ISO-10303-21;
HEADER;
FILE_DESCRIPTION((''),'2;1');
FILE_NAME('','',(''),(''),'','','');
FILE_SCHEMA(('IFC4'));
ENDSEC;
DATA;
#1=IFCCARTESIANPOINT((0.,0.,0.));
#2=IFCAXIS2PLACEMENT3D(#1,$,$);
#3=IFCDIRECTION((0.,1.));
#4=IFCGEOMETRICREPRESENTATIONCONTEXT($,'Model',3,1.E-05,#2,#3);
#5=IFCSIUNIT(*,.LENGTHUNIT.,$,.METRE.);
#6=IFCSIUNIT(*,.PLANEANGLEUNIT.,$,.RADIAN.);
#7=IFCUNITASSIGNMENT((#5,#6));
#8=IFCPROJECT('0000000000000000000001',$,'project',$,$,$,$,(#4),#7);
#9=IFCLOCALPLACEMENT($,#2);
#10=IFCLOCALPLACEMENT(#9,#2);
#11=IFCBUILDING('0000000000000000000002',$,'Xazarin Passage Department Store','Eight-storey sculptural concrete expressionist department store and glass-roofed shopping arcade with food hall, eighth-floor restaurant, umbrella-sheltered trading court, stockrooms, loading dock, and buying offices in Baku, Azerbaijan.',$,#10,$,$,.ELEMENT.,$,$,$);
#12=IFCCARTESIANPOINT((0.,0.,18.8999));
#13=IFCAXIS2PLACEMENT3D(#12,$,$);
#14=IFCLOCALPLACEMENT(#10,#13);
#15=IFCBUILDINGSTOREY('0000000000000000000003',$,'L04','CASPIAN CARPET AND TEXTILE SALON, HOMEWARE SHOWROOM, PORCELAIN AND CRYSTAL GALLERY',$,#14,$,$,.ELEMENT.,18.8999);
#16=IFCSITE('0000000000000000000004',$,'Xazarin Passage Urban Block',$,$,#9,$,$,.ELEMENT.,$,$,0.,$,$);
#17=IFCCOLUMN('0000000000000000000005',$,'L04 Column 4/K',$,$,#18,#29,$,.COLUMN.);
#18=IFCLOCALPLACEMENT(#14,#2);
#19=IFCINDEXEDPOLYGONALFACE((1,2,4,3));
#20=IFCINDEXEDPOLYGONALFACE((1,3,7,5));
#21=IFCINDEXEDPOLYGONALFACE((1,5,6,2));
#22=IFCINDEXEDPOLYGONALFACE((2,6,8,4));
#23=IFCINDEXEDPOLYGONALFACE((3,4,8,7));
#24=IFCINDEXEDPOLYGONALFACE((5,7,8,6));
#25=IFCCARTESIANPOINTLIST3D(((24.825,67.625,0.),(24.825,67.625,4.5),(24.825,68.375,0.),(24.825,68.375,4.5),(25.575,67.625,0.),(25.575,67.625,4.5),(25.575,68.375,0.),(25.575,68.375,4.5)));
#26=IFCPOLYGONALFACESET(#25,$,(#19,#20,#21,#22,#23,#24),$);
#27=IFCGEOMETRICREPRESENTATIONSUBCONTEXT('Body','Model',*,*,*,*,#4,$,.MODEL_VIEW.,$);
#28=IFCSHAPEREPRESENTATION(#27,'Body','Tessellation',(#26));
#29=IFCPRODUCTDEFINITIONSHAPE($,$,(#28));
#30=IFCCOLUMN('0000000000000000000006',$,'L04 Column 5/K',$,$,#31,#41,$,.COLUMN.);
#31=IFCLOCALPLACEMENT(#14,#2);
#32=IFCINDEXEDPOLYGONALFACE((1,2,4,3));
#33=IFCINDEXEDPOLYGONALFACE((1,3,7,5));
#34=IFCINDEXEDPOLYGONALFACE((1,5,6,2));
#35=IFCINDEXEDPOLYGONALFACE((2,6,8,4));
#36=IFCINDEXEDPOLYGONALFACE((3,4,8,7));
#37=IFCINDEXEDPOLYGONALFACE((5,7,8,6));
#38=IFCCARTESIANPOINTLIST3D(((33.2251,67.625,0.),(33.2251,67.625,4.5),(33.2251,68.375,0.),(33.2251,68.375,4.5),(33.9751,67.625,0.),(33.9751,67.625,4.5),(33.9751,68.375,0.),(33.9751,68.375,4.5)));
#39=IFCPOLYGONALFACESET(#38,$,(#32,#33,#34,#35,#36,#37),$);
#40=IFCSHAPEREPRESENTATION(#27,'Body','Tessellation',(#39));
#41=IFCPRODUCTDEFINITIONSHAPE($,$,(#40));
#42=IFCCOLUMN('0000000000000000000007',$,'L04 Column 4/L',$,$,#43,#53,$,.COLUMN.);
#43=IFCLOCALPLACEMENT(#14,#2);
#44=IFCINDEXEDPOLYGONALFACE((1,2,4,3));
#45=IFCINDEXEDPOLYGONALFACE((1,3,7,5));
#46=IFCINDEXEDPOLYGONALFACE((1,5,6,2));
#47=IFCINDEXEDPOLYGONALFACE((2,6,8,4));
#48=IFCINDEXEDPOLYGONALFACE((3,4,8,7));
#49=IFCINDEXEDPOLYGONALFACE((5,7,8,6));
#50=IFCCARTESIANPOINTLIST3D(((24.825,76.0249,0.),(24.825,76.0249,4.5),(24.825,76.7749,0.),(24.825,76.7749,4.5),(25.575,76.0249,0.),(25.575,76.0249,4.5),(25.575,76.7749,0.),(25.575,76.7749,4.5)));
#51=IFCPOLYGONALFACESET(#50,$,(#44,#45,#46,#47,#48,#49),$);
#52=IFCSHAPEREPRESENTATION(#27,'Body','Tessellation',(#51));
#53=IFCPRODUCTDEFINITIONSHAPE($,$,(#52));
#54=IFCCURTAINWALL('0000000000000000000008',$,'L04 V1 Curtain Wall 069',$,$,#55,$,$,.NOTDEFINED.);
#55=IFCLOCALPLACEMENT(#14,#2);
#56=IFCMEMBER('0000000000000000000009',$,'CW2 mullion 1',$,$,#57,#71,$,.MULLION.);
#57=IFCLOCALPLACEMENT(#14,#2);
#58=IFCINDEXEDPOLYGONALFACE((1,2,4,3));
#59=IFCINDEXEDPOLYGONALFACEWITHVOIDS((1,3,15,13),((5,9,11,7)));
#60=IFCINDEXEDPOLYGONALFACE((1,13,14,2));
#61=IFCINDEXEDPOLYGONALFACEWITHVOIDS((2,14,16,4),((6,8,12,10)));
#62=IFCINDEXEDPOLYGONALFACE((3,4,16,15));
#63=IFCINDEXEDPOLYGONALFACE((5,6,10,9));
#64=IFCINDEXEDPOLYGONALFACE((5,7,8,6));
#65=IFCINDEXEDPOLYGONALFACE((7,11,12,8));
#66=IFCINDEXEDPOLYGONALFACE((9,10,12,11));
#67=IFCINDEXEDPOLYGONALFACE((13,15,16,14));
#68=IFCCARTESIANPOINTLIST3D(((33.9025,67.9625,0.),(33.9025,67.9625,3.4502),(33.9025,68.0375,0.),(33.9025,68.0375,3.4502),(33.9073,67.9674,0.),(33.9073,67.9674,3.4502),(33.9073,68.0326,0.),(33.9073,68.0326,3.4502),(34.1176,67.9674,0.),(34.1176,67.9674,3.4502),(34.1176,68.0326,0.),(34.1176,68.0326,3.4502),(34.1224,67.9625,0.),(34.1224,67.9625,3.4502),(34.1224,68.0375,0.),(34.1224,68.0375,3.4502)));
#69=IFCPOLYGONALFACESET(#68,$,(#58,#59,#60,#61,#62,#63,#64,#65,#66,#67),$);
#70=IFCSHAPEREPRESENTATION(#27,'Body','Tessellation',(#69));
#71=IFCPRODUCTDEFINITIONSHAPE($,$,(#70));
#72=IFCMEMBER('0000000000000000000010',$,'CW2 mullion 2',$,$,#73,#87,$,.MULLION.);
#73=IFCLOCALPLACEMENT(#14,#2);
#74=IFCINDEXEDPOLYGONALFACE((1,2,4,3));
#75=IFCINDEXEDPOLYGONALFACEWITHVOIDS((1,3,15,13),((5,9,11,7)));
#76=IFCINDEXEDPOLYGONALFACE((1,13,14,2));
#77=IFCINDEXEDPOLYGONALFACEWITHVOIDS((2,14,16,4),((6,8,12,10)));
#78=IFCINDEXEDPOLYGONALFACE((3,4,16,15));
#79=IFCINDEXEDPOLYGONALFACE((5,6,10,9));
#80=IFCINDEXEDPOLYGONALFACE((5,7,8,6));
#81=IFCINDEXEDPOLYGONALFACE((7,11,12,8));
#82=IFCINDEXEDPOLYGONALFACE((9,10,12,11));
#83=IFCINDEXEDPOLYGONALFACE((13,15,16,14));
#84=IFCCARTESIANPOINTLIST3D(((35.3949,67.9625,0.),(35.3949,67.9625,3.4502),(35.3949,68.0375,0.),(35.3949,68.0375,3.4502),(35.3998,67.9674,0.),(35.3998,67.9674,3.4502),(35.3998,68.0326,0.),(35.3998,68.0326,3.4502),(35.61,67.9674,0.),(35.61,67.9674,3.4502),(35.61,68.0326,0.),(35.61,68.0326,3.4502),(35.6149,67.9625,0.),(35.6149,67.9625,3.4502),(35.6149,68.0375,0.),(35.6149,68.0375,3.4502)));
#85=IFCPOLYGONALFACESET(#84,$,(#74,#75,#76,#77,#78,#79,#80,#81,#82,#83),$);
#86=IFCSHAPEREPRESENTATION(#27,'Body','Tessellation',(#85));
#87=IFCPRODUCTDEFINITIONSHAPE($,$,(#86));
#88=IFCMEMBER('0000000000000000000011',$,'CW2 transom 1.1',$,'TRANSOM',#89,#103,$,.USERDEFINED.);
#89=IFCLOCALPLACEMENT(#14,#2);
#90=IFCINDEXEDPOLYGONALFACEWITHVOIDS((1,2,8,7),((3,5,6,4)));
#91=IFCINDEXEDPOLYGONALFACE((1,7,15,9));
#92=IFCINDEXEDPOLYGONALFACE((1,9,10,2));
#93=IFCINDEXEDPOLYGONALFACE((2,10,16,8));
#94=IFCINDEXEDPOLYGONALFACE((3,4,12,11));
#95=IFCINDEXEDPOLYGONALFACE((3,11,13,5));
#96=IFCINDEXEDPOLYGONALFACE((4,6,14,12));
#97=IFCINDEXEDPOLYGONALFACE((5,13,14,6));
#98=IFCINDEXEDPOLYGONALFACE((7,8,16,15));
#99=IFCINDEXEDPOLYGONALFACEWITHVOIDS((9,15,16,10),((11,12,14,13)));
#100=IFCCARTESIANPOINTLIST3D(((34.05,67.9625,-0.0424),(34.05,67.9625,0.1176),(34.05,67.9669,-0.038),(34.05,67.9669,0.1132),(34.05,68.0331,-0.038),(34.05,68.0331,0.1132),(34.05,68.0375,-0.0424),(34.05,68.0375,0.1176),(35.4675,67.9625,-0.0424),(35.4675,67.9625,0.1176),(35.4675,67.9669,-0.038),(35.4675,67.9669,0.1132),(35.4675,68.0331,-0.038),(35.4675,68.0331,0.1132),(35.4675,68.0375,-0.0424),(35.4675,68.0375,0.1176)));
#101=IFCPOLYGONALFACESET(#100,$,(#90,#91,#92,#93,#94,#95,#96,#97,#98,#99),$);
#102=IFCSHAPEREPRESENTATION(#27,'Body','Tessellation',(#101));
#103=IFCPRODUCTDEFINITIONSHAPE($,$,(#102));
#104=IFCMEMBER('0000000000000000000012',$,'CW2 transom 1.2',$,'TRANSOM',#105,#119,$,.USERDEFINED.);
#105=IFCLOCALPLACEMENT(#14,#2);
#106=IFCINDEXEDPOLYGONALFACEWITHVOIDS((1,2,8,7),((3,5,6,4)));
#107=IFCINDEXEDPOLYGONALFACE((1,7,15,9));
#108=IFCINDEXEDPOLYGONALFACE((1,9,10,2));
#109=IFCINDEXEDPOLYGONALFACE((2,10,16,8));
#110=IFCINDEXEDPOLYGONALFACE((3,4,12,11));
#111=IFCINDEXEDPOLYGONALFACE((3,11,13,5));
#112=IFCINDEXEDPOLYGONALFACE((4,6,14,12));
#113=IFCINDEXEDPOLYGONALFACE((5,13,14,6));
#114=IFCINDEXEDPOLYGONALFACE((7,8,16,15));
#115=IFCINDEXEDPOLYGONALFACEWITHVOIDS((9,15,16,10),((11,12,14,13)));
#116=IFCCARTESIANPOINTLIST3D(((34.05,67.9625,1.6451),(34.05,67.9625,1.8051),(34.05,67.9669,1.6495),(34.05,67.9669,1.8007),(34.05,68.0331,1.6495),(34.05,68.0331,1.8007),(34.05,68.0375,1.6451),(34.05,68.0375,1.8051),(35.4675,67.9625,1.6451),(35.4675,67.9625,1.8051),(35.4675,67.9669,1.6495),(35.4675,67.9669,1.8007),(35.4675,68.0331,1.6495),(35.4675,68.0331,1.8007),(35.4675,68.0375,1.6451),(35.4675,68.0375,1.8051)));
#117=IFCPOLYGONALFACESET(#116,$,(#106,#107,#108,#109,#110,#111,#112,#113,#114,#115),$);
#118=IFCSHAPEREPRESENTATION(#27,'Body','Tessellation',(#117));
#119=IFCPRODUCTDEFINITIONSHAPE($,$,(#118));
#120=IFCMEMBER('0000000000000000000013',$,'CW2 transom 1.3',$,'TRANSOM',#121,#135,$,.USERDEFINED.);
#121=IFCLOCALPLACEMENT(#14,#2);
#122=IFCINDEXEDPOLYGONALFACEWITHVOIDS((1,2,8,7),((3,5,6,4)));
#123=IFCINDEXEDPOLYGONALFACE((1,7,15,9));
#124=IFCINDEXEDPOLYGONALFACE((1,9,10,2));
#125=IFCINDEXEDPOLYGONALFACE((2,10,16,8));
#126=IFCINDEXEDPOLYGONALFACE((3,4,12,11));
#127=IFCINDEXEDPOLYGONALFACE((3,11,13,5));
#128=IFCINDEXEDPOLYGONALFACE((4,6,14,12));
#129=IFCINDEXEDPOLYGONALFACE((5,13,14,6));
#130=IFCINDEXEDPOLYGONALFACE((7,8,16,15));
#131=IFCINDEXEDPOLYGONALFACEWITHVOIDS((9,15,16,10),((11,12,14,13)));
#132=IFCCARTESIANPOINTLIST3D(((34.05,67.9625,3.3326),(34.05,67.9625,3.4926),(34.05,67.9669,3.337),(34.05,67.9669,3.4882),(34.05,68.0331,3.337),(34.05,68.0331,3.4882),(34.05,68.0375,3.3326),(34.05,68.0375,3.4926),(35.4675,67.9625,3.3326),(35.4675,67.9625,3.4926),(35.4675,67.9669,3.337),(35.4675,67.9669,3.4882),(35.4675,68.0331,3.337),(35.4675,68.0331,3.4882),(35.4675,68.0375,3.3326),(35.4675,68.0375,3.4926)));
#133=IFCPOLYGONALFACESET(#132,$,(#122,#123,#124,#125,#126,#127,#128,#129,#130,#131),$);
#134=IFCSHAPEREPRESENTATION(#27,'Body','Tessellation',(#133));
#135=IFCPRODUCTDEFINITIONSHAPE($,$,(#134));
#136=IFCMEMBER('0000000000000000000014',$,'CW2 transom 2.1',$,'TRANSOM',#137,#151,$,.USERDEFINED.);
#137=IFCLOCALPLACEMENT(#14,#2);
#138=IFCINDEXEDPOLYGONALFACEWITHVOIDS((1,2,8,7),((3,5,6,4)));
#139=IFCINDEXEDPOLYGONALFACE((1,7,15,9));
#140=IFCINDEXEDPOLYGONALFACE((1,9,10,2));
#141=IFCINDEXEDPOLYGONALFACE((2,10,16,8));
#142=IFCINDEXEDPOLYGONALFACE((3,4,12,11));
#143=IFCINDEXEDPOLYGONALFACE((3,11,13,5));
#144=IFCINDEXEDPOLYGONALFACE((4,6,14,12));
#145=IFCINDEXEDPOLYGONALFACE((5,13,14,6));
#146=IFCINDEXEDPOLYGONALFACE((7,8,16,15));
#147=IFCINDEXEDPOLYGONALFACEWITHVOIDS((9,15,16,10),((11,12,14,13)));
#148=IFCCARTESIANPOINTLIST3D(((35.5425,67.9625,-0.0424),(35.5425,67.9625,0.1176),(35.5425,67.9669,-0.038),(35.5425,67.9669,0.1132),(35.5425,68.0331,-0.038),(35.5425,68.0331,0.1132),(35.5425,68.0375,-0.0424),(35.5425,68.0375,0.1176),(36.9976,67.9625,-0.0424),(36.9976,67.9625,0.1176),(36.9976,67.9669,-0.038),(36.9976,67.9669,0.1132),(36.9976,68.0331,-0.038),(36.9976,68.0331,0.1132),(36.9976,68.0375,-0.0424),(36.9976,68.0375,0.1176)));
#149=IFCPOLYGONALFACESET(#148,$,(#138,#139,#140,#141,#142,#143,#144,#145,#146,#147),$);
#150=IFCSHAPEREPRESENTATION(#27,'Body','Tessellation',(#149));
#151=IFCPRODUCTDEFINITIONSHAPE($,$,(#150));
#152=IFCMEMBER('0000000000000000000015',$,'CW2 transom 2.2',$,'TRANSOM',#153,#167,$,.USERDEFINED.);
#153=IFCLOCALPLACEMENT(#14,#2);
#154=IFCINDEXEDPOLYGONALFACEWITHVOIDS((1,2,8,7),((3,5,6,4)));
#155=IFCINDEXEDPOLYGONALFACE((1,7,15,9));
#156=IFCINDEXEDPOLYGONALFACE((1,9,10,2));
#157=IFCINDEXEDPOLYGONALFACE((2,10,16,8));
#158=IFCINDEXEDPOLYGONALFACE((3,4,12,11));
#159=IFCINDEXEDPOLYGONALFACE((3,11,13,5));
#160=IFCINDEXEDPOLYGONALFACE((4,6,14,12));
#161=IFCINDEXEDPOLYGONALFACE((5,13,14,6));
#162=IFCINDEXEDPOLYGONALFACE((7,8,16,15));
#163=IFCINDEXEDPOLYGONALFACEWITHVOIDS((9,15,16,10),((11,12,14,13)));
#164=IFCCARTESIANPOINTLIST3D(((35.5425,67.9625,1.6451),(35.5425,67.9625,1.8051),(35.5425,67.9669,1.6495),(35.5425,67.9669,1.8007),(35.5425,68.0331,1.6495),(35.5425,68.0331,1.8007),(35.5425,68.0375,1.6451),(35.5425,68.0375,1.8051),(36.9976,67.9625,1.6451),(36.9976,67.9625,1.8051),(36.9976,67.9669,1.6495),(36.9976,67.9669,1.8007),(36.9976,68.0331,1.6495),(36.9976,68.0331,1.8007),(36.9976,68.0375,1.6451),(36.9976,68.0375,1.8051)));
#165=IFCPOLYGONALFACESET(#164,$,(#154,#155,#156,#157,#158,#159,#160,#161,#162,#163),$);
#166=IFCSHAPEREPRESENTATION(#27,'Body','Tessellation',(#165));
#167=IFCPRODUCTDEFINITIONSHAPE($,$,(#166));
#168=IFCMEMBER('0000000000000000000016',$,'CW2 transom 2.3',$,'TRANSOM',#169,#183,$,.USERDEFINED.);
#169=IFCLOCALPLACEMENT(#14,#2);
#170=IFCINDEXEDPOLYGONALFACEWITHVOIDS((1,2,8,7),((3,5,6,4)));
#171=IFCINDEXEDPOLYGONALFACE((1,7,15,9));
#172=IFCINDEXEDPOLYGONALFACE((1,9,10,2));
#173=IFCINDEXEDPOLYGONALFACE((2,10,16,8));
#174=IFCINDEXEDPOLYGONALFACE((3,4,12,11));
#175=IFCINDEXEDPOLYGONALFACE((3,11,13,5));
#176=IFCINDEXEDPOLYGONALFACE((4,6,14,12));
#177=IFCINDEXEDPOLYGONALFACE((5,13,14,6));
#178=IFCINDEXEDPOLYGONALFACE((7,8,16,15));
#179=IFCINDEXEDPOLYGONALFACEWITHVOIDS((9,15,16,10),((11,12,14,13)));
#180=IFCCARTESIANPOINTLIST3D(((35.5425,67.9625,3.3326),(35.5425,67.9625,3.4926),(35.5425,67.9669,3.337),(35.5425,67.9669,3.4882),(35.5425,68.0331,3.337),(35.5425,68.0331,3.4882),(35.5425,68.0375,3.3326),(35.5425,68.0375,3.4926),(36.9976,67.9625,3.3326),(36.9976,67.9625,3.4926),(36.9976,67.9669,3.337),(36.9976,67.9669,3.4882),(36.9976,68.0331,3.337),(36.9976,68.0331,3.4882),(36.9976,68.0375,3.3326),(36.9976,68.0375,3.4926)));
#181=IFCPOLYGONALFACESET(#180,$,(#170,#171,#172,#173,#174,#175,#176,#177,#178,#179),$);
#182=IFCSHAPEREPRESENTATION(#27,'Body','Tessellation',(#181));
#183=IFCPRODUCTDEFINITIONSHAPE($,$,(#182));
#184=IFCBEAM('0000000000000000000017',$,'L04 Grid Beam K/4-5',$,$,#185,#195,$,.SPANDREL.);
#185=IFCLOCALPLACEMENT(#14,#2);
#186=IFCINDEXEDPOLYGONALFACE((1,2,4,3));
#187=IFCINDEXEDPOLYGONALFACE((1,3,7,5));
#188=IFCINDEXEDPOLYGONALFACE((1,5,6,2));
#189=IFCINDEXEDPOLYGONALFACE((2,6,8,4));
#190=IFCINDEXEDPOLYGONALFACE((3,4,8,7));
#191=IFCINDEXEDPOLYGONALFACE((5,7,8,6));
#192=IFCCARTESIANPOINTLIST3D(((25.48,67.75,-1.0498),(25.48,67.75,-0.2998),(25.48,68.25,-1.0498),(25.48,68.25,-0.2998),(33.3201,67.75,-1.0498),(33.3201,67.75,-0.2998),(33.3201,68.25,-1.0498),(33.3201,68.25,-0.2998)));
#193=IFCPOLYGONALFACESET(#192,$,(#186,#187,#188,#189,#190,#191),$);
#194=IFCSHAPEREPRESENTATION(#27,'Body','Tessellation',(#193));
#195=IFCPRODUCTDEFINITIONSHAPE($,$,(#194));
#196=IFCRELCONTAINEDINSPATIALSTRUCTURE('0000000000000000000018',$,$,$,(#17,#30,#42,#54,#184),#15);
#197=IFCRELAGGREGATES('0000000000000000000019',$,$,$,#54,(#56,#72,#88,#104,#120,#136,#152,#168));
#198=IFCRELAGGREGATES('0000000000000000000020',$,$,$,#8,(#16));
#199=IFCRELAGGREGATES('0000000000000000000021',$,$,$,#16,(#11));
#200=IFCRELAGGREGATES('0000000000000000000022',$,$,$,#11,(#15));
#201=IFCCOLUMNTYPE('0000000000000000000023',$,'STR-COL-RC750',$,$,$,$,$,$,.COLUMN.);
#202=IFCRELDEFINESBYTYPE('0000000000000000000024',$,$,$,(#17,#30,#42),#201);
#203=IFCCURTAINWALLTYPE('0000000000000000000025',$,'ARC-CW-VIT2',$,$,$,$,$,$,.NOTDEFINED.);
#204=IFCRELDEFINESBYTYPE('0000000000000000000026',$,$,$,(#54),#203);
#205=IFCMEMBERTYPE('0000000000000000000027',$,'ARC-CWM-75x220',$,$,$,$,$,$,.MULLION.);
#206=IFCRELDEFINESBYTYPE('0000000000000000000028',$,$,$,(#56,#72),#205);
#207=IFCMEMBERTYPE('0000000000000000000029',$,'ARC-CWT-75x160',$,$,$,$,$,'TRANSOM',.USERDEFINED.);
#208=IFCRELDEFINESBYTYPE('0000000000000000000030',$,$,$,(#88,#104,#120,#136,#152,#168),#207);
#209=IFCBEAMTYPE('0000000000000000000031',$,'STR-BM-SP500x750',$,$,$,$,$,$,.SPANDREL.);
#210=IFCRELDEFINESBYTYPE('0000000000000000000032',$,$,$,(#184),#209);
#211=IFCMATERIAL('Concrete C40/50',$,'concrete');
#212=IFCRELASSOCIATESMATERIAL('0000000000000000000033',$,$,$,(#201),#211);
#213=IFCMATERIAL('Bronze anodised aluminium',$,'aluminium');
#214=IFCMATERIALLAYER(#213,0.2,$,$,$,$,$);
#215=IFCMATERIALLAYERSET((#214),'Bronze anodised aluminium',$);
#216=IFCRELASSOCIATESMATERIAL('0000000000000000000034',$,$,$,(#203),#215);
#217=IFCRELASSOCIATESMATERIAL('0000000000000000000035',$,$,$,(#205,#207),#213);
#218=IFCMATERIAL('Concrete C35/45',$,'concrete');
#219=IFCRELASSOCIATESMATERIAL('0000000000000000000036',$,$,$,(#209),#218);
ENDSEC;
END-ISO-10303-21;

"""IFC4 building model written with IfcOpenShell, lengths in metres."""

from ifc_helpers import new_model, si_unit, direction, frame, origin, origin_2d, place, context, subcontext, project, spatial, rectangle, hollow_rectangle, extrude, material, layer, layer_set, material_profile, profile_set, type_object, element, aggregate, save


model = new_model("IFC4")

# Units and contexts
model_context = context("Model", 3, precision=1e-05, world=origin(), true_north=direction((0.0, 1.0)))
body_context = subcontext(model_context, "Body", "Model", "MODEL_VIEW")
ifc_project = project(units=[si_unit("LENGTHUNIT", "METRE"), si_unit("PLANEANGLEUNIT", "RADIAN")], contexts=[model_context])

# Site, building, storey
site_placement = place(None, origin())
site = spatial("IfcSite", under=ifc_project, at=site_placement, Name="Xazarin Passage Urban Block", CompositionType="ELEMENT", RefElevation=0.0)
building_placement = place(site_placement, origin())
building = spatial("IfcBuilding", under=site, at=building_placement, Name="Xazarin Passage Department Store", Description="Eight-storey sculptural concrete expressionist department store and glass-roofed shopping arcade with food hall, eighth-floor restaurant, umbrella-sheltered trading court, stockrooms, loading dock, and buying offices in Baku, Azerbaijan.", CompositionType="ELEMENT")
storey_placement = place(building_placement, frame((0.0, 0.0, 18.8999)))
storey = spatial("IfcBuildingStorey", under=building, at=storey_placement, Name="L04", Description="CASPIAN CARPET AND TEXTILE SALON, HOMEWARE SHOWROOM, PORCELAIN AND CRYSTAL GALLERY", CompositionType="ELEMENT", Elevation=18.8999)

# Columns
ifc_material_1 = material(Name="Concrete C40/50", Category="concrete")
ifc_material_profile_1 = material_profile(ifc_material_1, rectangle(XDim=0.75, YDim=0.75, at=origin_2d()), Name="RC 750x750")
ifc_profile_set_1 = profile_set([ifc_material_profile_1], Name="Concrete C40/50")
column_type = type_object("IfcColumnType", Name="STR-COL-RC750", PredefinedType="COLUMN", material=ifc_profile_set_1)
for number, where, z_axis, x_axis, name in (
    (1, (25.2, 68.0, 0.0), (0.0, 0.0, 1.0), (1.0, 0.0, 0.0), "L04 Column 4/K"),
    (2, (33.6001, 68.0, 0.0), (0.0, 0.0, 1.0), (1.0, 0.0, 0.0), "L04 Column 5/K"),
    (3, (25.2, 76.3999, 0.0), (0.0, 0.0, 1.0), (1.0, 0.0, 0.0), "L04 Column 4/L"),
):
    element("IfcColumn", number, at=place(storey_placement, frame(where, z_axis=z_axis, x_axis=x_axis)), inside=storey, type_object=column_type, Name=name, PredefinedType="COLUMN", context=body_context, shape_type="SweptSolid", body=[
        extrude(rectangle(XDim=0.75, YDim=0.75, at=origin_2d()), origin(), (0.0, 0.0, 1.0), 4.5),
    ])

# Curtain wall, members
ifc_material_2 = material(Name="Bronze anodised aluminium", Category="aluminium")
ifc_layer_1 = layer(ifc_material_2, 0.2)
ifc_layer_set_1 = layer_set([ifc_layer_1], Name="Bronze anodised aluminium")
curtain_wall_type = type_object("IfcCurtainWallType", Name="ARC-CW-VIT2", PredefinedType="NOTDEFINED", material=ifc_layer_set_1)
curtain_wall_placement = place(storey_placement, origin())
curtain_wall = element("IfcCurtainWall", 4, at=curtain_wall_placement, inside=storey, type_object=curtain_wall_type, Name="L04 V1 Curtain Wall 069", PredefinedType="NOTDEFINED")
ifc_material_profile_2 = material_profile(ifc_material_2, hollow_rectangle(XDim=0.075, YDim=0.22, WallThickness=0.0049, at=origin_2d()), Name="ALU 75x220")
ifc_profile_set_2 = profile_set([ifc_material_profile_2], Name="Bronze anodised aluminium")
member_type_1 = type_object("IfcMemberType", Name="ARC-CWM-75x220", PredefinedType="MULLION", material=ifc_profile_set_2)
member_1_placement = place(storey_placement, frame((34.0125, 68.0, 0.0), z_axis=(0.0, 0.0, 1.0), x_axis=(0.0, 1.0, 0.0)))
member_1 = element("IfcMember", 5, at=member_1_placement, type_object=member_type_1, Name="CW2 mullion 1", PredefinedType="MULLION", context=body_context, shape_type="SweptSolid", body=[
    extrude(hollow_rectangle(XDim=0.075, YDim=0.22, WallThickness=0.0049, at=origin_2d()), origin(), (0.0, 0.0, 1.0), 3.4502),
])
member_2_placement = place(storey_placement, frame((35.5049, 68.0, 0.0), z_axis=(0.0, 0.0, 1.0), x_axis=(0.0, 1.0, 0.0)))
member_2 = element("IfcMember", 6, at=member_2_placement, type_object=member_type_1, Name="CW2 mullion 2", PredefinedType="MULLION", context=body_context, shape_type="SweptSolid", body=[
    extrude(hollow_rectangle(XDim=0.075, YDim=0.22, WallThickness=0.0049, at=origin_2d()), origin(), (0.0, 0.0, 1.0), 3.4502),
])
ifc_material_profile_3 = material_profile(ifc_material_2, hollow_rectangle(XDim=0.075, YDim=0.1599, WallThickness=0.0044, at=origin_2d()), Name="ALU 75x160")
ifc_profile_set_3 = profile_set([ifc_material_profile_3], Name="Bronze anodised aluminium")
member_type_2 = type_object("IfcMemberType", Name="ARC-CWT-75x160", ElementType="TRANSOM", PredefinedType="USERDEFINED", material=ifc_profile_set_3)
member_3_placement = place(storey_placement, frame((34.05, 68.0, 0.0376), z_axis=(1.0, 0.0, 0.0), x_axis=(0.0, 1.0, 0.0)))
member_3 = element("IfcMember", 7, at=member_3_placement, type_object=member_type_2, Name="CW2 transom 1.1", ObjectType="TRANSOM", PredefinedType="USERDEFINED", context=body_context, shape_type="SweptSolid", body=[
    extrude(hollow_rectangle(XDim=0.075, YDim=0.1599, WallThickness=0.0044, at=origin_2d()), origin(), (0.0, 0.0, 1.0), 1.4175),
])
member_4_placement = place(storey_placement, frame((34.05, 68.0, 1.7251), z_axis=(1.0, 0.0, 0.0), x_axis=(0.0, 1.0, 0.0)))
member_4 = element("IfcMember", 8, at=member_4_placement, type_object=member_type_2, Name="CW2 transom 1.2", ObjectType="TRANSOM", PredefinedType="USERDEFINED", context=body_context, shape_type="SweptSolid", body=[
    extrude(hollow_rectangle(XDim=0.075, YDim=0.1599, WallThickness=0.0044, at=origin_2d()), origin(), (0.0, 0.0, 1.0), 1.4175),
])
member_5_placement = place(storey_placement, frame((34.05, 68.0, 3.4126), z_axis=(1.0, 0.0, 0.0), x_axis=(0.0, 1.0, 0.0)))
member_5 = element("IfcMember", 9, at=member_5_placement, type_object=member_type_2, Name="CW2 transom 1.3", ObjectType="TRANSOM", PredefinedType="USERDEFINED", context=body_context, shape_type="SweptSolid", body=[
    extrude(hollow_rectangle(XDim=0.075, YDim=0.1599, WallThickness=0.0044, at=origin_2d()), origin(), (0.0, 0.0, 1.0), 1.4175),
])
member_6_placement = place(storey_placement, frame((35.5425, 68.0, 0.0376), z_axis=(1.0, 0.0, 0.0), x_axis=(0.0, 1.0, 0.0)))
member_6 = element("IfcMember", 10, at=member_6_placement, type_object=member_type_2, Name="CW2 transom 2.1", ObjectType="TRANSOM", PredefinedType="USERDEFINED", context=body_context, shape_type="SweptSolid", body=[
    extrude(hollow_rectangle(XDim=0.075, YDim=0.1599, WallThickness=0.0044, at=origin_2d()), origin(), (0.0, 0.0, 1.0), 1.4551),
])
member_7_placement = place(storey_placement, frame((35.5425, 68.0, 1.7251), z_axis=(1.0, 0.0, 0.0), x_axis=(0.0, 1.0, 0.0)))
member_7 = element("IfcMember", 11, at=member_7_placement, type_object=member_type_2, Name="CW2 transom 2.2", ObjectType="TRANSOM", PredefinedType="USERDEFINED", context=body_context, shape_type="SweptSolid", body=[
    extrude(hollow_rectangle(XDim=0.075, YDim=0.1599, WallThickness=0.0044, at=origin_2d()), origin(), (0.0, 0.0, 1.0), 1.4551),
])
member_8_placement = place(storey_placement, frame((35.5425, 68.0, 3.4126), z_axis=(1.0, 0.0, 0.0), x_axis=(0.0, 1.0, 0.0)))
member_8 = element("IfcMember", 12, at=member_8_placement, type_object=member_type_2, Name="CW2 transom 2.3", ObjectType="TRANSOM", PredefinedType="USERDEFINED", context=body_context, shape_type="SweptSolid", body=[
    extrude(hollow_rectangle(XDim=0.075, YDim=0.1599, WallThickness=0.0044, at=origin_2d()), origin(), (0.0, 0.0, 1.0), 1.4551),
])

# Beam
ifc_material_3 = material(Name="Concrete C35/45", Category="concrete")
ifc_material_profile_4 = material_profile(ifc_material_3, rectangle(XDim=0.5, YDim=0.75, at=origin_2d()), Name="RC 500x750")
ifc_profile_set_4 = profile_set([ifc_material_profile_4], Name="Concrete C35/45")
beam_type = type_object("IfcBeamType", Name="STR-BM-SP500x750", PredefinedType="SPANDREL", material=ifc_profile_set_4)
for number, where, z_axis, x_axis, name in (
    (13, (25.48, 68.0, -0.6748), (1.0, 0.0, 0.0), (0.0, 1.0, 0.0), "L04 Grid Beam K/4-5"),
):
    element("IfcBeam", number, at=place(storey_placement, frame(where, z_axis=z_axis, x_axis=x_axis)), inside=storey, type_object=beam_type, Name=name, PredefinedType="SPANDREL", context=body_context, shape_type="SweptSolid", body=[
        extrude(rectangle(XDim=0.5, YDim=0.75, at=origin_2d()), origin(), (0.0, 0.0, 1.0), 7.8401),
    ])

aggregate(curtain_wall, [member_1, member_2, member_3, member_4, member_5, member_6, member_7, member_8])

save(model, "model.ifc")
